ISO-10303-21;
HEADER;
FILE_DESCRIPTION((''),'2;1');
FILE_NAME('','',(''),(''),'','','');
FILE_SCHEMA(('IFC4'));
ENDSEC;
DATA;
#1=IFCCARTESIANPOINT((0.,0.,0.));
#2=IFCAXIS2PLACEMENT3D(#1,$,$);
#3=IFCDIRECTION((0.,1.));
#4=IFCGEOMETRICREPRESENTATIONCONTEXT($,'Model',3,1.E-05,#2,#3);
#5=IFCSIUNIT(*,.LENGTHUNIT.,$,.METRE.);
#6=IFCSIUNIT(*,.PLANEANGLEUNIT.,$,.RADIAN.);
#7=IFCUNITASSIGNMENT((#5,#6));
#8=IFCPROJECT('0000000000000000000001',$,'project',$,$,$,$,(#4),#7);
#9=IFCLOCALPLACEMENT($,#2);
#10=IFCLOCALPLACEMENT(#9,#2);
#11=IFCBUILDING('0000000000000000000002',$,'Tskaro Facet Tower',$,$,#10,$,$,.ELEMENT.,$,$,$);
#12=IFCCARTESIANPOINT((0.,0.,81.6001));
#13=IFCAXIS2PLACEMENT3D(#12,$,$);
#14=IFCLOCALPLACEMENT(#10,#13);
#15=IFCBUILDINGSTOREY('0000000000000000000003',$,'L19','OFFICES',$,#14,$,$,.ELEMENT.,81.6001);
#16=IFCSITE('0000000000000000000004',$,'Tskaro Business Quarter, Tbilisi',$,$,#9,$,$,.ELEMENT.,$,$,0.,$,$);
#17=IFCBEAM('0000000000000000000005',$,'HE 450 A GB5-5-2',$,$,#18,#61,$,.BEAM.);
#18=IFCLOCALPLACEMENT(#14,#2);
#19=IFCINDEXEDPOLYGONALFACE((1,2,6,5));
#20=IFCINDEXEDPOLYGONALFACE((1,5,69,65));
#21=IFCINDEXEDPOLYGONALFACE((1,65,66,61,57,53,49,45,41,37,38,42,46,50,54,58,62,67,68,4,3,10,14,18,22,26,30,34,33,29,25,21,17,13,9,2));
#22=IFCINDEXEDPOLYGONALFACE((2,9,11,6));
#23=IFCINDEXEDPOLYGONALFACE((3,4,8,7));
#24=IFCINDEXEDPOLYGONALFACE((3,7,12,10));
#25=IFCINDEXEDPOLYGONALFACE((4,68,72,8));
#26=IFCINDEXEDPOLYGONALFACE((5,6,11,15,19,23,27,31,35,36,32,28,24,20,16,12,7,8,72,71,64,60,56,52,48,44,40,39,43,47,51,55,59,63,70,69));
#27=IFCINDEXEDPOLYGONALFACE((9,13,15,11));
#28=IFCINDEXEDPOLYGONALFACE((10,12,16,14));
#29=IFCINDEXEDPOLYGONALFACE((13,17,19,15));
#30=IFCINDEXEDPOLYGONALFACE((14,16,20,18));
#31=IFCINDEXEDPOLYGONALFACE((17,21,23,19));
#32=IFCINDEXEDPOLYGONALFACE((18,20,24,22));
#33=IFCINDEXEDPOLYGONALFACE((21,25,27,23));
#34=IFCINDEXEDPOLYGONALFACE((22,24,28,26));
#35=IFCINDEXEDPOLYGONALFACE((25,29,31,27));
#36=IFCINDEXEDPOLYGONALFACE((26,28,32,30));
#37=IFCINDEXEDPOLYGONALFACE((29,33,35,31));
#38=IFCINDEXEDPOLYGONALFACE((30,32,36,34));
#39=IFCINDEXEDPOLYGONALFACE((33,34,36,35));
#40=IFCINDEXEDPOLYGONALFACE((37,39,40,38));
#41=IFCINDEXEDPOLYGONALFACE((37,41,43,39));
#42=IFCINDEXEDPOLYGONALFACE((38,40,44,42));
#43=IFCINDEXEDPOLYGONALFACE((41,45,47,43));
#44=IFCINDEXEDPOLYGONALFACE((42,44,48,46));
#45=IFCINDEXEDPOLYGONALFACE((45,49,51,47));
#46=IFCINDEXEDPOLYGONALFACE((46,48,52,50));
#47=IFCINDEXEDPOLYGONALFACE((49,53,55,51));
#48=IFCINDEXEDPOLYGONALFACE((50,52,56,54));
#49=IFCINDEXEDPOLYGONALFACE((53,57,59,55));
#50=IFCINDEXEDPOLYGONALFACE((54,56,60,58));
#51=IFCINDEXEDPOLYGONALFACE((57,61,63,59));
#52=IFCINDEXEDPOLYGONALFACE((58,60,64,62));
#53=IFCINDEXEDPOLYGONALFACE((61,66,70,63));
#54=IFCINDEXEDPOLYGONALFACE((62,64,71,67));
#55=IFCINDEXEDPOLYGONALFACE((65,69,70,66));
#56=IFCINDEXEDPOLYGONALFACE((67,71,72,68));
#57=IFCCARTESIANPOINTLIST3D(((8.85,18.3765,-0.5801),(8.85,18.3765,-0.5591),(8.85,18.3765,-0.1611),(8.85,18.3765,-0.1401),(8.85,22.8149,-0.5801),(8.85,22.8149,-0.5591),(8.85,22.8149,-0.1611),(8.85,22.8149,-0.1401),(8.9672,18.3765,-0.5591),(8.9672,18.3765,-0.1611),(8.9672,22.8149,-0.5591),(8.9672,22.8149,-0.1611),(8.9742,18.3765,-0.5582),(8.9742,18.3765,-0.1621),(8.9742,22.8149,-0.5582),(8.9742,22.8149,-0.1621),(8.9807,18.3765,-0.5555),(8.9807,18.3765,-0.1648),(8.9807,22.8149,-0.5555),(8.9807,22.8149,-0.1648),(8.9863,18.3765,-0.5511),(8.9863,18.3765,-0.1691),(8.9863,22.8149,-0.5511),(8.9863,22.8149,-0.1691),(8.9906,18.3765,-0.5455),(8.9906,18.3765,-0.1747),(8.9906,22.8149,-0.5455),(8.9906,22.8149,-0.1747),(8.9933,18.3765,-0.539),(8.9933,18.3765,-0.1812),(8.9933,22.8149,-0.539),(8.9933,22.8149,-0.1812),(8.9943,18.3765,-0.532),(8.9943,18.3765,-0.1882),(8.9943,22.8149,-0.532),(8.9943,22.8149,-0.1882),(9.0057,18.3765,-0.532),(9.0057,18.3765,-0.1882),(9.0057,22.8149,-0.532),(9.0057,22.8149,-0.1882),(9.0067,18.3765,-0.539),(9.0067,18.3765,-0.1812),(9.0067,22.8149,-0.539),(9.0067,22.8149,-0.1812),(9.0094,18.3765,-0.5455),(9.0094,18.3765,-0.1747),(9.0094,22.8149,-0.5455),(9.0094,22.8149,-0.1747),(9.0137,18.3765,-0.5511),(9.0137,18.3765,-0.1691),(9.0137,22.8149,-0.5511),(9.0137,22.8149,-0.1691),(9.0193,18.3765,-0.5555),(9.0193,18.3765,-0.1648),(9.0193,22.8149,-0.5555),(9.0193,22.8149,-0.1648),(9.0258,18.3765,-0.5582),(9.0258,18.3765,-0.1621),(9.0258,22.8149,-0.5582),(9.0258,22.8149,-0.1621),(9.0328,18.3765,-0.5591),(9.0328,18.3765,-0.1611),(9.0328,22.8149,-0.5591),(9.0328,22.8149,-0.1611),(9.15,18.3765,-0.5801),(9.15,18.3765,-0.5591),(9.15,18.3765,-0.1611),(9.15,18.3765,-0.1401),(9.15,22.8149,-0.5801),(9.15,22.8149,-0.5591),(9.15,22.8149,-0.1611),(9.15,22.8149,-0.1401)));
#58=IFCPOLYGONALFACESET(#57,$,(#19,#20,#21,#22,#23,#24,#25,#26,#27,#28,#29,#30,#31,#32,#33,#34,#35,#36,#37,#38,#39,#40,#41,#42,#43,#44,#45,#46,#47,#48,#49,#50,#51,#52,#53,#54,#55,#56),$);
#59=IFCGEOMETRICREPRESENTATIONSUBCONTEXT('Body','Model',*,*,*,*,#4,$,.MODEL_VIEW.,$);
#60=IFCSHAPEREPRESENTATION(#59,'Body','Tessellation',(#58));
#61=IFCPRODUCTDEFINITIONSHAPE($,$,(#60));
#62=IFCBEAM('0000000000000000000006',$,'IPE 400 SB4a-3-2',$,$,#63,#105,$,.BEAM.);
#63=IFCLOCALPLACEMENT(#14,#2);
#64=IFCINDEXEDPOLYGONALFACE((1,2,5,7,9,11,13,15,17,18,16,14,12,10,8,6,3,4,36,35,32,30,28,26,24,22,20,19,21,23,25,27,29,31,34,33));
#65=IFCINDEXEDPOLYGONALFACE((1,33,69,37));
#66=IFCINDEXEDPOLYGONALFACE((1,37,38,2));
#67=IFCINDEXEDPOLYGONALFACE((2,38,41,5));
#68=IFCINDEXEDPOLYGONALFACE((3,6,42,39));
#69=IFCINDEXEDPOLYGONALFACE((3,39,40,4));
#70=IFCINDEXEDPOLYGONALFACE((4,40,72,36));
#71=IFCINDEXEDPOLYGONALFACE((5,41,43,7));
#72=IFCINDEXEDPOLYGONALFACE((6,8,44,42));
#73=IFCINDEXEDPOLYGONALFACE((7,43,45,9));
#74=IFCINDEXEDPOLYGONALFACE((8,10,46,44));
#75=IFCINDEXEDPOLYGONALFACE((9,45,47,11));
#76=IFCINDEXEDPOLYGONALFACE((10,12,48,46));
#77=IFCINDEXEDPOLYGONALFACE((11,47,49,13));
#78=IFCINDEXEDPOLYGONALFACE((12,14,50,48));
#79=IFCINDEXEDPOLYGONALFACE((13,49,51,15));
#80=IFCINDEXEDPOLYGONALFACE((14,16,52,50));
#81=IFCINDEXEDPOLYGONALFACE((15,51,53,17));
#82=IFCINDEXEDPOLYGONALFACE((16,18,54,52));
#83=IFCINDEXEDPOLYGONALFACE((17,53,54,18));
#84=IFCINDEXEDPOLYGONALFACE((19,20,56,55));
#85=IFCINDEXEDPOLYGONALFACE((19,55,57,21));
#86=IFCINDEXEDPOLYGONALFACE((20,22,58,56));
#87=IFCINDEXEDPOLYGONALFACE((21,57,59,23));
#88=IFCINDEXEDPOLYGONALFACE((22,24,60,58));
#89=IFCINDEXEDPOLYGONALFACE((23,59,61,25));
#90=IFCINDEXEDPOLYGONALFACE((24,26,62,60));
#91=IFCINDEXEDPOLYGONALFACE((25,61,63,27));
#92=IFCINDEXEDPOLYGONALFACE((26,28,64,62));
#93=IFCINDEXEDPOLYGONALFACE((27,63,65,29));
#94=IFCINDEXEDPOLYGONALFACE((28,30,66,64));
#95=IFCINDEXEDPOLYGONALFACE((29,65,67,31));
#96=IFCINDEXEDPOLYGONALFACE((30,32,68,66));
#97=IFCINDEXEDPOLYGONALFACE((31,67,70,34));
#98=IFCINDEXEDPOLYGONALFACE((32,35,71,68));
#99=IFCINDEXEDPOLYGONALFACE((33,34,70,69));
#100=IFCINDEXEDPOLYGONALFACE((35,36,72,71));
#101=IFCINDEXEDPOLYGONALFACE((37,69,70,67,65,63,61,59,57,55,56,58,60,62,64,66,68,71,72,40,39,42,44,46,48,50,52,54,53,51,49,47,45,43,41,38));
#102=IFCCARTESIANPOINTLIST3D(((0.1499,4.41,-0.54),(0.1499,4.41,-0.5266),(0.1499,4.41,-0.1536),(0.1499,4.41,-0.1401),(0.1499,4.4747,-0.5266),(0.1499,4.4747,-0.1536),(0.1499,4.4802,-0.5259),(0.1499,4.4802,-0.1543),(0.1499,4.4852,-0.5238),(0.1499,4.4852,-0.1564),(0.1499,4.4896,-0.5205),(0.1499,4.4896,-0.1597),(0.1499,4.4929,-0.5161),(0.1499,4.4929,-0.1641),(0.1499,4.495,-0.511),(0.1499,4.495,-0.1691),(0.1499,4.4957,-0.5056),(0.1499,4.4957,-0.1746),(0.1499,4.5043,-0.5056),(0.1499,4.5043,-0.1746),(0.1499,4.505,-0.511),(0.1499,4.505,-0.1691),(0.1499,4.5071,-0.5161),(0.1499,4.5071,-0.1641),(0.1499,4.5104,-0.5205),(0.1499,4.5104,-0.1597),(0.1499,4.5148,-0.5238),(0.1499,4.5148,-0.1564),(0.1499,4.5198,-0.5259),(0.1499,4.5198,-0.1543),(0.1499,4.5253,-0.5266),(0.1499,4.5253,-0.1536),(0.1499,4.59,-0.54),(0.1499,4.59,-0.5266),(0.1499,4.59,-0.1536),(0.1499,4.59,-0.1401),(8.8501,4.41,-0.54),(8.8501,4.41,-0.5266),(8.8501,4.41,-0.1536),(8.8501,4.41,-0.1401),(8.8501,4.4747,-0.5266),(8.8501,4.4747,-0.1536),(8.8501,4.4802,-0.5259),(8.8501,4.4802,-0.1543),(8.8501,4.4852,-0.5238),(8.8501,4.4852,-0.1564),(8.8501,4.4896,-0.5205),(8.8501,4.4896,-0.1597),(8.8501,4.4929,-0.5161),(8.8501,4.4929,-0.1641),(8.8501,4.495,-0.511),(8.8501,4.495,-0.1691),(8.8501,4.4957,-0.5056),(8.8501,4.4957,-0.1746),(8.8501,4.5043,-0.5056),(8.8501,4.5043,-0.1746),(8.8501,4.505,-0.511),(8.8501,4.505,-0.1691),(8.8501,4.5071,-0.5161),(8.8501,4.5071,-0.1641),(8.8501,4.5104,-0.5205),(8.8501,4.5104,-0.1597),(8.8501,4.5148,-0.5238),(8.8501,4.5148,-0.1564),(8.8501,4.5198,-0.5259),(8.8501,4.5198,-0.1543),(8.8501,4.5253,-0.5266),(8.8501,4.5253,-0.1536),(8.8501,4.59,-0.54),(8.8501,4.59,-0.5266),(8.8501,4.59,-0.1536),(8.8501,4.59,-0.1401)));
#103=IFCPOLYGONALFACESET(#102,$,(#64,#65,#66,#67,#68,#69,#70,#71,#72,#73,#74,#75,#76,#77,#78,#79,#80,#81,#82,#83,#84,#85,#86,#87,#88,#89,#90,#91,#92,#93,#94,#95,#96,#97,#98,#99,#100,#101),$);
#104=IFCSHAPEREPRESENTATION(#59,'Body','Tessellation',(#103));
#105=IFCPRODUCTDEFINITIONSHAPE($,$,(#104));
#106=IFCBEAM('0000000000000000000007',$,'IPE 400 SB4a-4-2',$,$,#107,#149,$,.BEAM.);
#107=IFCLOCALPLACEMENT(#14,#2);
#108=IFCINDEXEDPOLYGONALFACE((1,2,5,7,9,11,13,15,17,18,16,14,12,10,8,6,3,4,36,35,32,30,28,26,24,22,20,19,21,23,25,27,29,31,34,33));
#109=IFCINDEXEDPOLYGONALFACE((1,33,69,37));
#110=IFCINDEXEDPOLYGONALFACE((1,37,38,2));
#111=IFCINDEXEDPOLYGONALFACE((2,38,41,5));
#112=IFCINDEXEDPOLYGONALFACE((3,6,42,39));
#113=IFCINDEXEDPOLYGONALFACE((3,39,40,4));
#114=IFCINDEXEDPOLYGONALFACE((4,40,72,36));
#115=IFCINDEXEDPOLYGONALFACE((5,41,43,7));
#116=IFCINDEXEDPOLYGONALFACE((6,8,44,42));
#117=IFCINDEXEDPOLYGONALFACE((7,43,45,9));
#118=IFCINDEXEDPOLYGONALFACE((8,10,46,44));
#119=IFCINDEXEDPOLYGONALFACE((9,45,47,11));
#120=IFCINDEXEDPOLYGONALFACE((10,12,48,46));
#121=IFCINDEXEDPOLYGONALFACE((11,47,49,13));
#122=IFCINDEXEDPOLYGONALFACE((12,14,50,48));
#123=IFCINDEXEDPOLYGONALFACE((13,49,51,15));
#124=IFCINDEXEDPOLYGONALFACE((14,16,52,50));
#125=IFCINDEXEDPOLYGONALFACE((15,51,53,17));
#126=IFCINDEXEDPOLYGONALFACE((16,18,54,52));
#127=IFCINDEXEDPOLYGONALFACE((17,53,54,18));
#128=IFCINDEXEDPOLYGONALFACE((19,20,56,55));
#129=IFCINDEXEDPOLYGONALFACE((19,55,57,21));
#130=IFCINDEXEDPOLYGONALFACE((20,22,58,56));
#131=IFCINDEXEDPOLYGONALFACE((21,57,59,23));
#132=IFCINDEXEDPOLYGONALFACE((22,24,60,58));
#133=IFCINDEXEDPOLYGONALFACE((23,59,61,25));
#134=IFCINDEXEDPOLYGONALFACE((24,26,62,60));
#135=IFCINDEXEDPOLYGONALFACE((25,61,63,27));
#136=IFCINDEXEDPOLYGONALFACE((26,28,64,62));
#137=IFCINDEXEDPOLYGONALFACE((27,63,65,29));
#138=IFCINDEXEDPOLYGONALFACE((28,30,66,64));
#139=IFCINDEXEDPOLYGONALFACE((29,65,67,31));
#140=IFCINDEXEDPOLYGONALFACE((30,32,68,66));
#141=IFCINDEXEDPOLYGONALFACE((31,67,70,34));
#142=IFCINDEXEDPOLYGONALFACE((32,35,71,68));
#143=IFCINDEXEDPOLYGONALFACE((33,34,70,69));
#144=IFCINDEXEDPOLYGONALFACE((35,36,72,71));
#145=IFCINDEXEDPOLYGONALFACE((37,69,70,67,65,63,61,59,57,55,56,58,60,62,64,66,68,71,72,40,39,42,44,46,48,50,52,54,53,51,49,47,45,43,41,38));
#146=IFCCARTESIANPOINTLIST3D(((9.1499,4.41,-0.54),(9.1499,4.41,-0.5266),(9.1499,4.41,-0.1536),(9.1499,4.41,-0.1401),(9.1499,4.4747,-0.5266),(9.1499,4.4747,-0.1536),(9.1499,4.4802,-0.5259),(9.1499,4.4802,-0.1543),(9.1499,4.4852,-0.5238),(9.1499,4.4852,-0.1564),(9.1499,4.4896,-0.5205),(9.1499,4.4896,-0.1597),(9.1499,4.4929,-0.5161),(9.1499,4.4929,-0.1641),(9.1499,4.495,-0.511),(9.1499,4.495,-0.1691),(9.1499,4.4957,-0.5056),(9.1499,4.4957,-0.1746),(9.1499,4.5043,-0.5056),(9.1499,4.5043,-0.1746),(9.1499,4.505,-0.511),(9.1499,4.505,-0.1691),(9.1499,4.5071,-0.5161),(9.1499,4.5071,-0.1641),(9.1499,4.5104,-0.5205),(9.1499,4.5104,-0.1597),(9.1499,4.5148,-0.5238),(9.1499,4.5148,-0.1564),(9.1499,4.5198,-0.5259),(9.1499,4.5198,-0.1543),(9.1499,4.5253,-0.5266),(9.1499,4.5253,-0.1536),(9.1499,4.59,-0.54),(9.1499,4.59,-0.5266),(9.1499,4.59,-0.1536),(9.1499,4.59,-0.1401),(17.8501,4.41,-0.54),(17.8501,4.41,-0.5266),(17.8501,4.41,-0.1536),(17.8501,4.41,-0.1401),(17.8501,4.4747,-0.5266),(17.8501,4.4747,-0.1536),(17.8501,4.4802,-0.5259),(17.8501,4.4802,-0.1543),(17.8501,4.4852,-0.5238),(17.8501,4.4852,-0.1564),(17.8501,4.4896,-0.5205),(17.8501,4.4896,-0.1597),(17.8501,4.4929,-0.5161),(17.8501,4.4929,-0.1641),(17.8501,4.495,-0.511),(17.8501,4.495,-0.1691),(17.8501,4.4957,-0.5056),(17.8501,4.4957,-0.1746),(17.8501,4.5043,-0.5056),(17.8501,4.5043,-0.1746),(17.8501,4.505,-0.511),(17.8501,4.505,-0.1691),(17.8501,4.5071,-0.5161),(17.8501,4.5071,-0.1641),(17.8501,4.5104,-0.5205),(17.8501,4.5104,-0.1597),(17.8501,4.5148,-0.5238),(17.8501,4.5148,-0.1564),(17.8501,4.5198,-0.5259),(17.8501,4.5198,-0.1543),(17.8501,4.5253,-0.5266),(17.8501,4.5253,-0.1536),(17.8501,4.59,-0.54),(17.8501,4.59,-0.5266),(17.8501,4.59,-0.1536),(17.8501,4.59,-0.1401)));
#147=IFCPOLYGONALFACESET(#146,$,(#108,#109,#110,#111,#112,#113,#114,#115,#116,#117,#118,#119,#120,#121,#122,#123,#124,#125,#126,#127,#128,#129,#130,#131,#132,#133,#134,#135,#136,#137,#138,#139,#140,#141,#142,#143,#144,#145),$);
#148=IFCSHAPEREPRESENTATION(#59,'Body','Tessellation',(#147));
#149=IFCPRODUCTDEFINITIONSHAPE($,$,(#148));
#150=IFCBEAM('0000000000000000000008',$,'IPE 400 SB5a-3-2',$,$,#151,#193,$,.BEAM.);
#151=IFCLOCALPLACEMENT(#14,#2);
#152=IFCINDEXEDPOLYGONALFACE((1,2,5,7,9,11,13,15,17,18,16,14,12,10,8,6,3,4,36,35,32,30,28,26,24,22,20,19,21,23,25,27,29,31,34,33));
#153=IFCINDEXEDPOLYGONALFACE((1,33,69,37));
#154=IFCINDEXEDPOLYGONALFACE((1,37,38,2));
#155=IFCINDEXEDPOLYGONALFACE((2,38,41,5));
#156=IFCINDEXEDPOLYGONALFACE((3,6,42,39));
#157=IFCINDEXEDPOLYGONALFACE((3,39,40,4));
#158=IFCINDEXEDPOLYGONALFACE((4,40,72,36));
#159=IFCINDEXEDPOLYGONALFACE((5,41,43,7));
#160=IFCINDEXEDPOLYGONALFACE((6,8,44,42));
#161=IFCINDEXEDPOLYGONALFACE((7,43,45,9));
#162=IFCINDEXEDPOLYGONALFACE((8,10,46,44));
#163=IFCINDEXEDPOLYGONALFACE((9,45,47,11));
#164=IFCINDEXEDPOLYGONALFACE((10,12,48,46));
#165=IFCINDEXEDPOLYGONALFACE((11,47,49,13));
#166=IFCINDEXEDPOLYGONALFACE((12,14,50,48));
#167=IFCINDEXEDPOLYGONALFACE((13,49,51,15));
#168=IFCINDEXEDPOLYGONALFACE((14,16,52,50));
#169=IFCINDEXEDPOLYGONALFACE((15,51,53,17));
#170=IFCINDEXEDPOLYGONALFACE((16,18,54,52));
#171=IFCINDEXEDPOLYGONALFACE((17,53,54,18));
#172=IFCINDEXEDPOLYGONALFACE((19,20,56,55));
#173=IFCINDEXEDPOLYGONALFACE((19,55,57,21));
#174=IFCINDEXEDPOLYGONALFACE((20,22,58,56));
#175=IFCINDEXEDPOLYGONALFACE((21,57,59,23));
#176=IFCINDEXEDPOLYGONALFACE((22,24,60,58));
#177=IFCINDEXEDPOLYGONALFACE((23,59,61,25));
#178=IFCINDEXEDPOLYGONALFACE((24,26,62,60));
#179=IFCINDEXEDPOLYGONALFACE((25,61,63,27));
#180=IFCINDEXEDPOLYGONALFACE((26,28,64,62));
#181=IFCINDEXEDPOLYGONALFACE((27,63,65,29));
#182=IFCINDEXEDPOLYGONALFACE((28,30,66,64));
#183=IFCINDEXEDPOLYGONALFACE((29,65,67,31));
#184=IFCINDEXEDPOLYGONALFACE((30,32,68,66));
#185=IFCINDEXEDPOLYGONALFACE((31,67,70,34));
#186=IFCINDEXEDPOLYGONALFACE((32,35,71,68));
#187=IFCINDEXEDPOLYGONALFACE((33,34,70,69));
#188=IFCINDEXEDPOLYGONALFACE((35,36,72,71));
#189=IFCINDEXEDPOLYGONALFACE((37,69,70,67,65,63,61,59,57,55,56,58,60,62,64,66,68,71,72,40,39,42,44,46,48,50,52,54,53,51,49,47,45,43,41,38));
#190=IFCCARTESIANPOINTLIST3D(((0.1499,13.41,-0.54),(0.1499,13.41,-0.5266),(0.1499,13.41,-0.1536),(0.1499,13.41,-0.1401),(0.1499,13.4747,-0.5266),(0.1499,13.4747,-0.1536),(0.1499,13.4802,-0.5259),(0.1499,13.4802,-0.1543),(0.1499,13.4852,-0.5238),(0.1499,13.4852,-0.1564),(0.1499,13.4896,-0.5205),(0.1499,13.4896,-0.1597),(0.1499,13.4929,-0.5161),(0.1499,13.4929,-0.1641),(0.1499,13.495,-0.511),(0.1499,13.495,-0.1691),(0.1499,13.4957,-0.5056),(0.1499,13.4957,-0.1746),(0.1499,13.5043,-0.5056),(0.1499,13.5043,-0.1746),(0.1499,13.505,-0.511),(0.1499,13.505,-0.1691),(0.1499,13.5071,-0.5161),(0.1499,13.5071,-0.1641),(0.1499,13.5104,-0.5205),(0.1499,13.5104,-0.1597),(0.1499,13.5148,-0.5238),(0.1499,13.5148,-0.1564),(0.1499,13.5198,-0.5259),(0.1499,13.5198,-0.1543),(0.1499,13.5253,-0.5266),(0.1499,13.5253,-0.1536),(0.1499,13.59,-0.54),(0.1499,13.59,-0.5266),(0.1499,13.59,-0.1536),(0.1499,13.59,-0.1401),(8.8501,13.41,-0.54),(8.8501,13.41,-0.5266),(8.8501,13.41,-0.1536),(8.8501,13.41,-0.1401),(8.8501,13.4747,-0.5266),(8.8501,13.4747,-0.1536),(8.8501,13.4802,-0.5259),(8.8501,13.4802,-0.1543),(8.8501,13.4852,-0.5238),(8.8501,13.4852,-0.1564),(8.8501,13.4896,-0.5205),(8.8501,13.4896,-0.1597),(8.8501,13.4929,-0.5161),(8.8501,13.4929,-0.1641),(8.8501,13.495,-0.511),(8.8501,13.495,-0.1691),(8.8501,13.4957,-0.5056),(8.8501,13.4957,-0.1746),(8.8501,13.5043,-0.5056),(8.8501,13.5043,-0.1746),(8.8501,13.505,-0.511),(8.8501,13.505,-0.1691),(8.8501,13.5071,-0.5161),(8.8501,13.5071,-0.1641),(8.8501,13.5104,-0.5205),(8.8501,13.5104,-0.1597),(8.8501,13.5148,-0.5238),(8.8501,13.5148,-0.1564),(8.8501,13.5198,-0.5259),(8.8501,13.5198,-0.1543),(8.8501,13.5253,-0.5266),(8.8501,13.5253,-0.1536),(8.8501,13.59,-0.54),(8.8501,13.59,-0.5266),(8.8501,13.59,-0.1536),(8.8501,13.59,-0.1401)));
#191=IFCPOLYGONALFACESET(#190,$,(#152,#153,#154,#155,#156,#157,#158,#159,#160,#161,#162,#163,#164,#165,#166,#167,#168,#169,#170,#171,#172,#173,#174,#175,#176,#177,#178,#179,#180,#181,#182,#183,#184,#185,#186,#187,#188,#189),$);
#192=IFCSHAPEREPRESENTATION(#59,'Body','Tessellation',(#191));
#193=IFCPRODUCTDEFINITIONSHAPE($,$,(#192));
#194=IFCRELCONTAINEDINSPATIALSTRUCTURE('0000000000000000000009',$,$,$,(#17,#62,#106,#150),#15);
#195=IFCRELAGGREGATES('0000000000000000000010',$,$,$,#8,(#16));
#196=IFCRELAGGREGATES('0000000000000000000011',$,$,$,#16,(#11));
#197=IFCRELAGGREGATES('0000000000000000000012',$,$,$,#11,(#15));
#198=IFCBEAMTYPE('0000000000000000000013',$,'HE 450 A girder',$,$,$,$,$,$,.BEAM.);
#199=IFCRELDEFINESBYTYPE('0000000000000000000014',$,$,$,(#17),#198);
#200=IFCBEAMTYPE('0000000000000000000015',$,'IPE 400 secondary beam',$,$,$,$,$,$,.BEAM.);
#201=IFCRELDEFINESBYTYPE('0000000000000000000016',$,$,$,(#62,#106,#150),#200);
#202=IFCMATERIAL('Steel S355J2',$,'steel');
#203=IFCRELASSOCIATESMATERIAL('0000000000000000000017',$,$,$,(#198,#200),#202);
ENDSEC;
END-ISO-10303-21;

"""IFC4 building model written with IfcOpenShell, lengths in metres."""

from ifc_helpers import new_model, si_unit, direction, frame, origin, origin_2d, place, context, subcontext, project, spatial, i_section, extrude, material, material_profile, profile_set, type_object, element, save


model = new_model("IFC4")

# Units and contexts
model_context = context("Model", 3, precision=1e-05, world=origin(), true_north=direction((0.0, 1.0)))
body_context = subcontext(model_context, "Body", "Model", "MODEL_VIEW")
ifc_project = project(units=[si_unit("LENGTHUNIT", "METRE"), si_unit("PLANEANGLEUNIT", "RADIAN")], contexts=[model_context])

# Site, building, storey
site_placement = place(None, origin())
site = spatial("IfcSite", under=ifc_project, at=site_placement, Name="Tskaro Business Quarter, Tbilisi", CompositionType="ELEMENT", RefElevation=0.0)
building_placement = place(site_placement, origin())
building = spatial("IfcBuilding", under=site, at=building_placement, Name="Tskaro Facet Tower", CompositionType="ELEMENT")
storey_placement = place(building_placement, frame((0.0, 0.0, 81.6001)))
storey = spatial("IfcBuildingStorey", under=building, at=storey_placement, Name="L19", Description="OFFICES", CompositionType="ELEMENT", Elevation=81.6001)

# Beams
ifc_material_1 = material(Name="Steel S355J2", Category="steel")
ifc_material_profile_1 = material_profile(ifc_material_1, i_section(OverallWidth=0.3, OverallDepth=0.4399, WebThickness=0.0115, FlangeThickness=0.021, FilletRadius=0.0271, at=origin_2d()), Name="HE 450 A")
ifc_profile_set_1 = profile_set([ifc_material_profile_1], Name="Steel S355J2")
beam_type_1 = type_object("IfcBeamType", Name="HE 450 A girder", PredefinedType="BEAM", material=ifc_profile_set_1)
beam_1_placement = place(storey_placement, frame((9.0, 18.3765, -0.3601), z_axis=(0.0, 1.0, 0.0), x_axis=(-1.0, 0.0, 0.0)))
element("IfcBeam", 1, at=beam_1_placement, inside=storey, type_object=beam_type_1, Name="HE 450 A GB5-5-2", PredefinedType="BEAM", context=body_context, shape_type="SweptSolid", body=[
    extrude(i_section(OverallWidth=0.3, OverallDepth=0.4399, WebThickness=0.0115, FlangeThickness=0.021, FilletRadius=0.0271, at=origin_2d()), origin(), (0.0, 0.0, 1.0), 4.4385),
])
ifc_material_profile_2 = material_profile(ifc_material_1, i_section(OverallWidth=0.1799, OverallDepth=0.3999, WebThickness=0.0085, FlangeThickness=0.0134, FilletRadius=0.021, at=origin_2d()), Name="IPE 400")
ifc_profile_set_2 = profile_set([ifc_material_profile_2], Name="Steel S355J2")
beam_type_2 = type_object("IfcBeamType", Name="IPE 400 secondary beam", PredefinedType="BEAM", material=ifc_profile_set_2)
for number, where, z_axis, x_axis, name in (
    (2, (0.1499, 4.5, -0.3401), (1.0, 0.0, 0.0), (0.0, 1.0, 0.0), "IPE 400 SB4a-3-2"),
    (3, (9.1499, 4.5, -0.3401), (1.0, 0.0, 0.0), (0.0, 1.0, 0.0), "IPE 400 SB4a-4-2"),
    (4, (0.1499, 13.5, -0.3401), (1.0, 0.0, 0.0), (0.0, 1.0, 0.0), "IPE 400 SB5a-3-2"),
):
    element("IfcBeam", number, at=place(storey_placement, frame(where, z_axis=z_axis, x_axis=x_axis)), inside=storey, type_object=beam_type_2, Name=name, PredefinedType="BEAM", context=body_context, shape_type="SweptSolid", body=[
        extrude(i_section(OverallWidth=0.1799, OverallDepth=0.3999, WebThickness=0.0085, FlangeThickness=0.0134, FilletRadius=0.021, at=origin_2d()), origin(), (0.0, 0.0, 1.0), 8.7002),
    ])

save(model, "model.ifc")
